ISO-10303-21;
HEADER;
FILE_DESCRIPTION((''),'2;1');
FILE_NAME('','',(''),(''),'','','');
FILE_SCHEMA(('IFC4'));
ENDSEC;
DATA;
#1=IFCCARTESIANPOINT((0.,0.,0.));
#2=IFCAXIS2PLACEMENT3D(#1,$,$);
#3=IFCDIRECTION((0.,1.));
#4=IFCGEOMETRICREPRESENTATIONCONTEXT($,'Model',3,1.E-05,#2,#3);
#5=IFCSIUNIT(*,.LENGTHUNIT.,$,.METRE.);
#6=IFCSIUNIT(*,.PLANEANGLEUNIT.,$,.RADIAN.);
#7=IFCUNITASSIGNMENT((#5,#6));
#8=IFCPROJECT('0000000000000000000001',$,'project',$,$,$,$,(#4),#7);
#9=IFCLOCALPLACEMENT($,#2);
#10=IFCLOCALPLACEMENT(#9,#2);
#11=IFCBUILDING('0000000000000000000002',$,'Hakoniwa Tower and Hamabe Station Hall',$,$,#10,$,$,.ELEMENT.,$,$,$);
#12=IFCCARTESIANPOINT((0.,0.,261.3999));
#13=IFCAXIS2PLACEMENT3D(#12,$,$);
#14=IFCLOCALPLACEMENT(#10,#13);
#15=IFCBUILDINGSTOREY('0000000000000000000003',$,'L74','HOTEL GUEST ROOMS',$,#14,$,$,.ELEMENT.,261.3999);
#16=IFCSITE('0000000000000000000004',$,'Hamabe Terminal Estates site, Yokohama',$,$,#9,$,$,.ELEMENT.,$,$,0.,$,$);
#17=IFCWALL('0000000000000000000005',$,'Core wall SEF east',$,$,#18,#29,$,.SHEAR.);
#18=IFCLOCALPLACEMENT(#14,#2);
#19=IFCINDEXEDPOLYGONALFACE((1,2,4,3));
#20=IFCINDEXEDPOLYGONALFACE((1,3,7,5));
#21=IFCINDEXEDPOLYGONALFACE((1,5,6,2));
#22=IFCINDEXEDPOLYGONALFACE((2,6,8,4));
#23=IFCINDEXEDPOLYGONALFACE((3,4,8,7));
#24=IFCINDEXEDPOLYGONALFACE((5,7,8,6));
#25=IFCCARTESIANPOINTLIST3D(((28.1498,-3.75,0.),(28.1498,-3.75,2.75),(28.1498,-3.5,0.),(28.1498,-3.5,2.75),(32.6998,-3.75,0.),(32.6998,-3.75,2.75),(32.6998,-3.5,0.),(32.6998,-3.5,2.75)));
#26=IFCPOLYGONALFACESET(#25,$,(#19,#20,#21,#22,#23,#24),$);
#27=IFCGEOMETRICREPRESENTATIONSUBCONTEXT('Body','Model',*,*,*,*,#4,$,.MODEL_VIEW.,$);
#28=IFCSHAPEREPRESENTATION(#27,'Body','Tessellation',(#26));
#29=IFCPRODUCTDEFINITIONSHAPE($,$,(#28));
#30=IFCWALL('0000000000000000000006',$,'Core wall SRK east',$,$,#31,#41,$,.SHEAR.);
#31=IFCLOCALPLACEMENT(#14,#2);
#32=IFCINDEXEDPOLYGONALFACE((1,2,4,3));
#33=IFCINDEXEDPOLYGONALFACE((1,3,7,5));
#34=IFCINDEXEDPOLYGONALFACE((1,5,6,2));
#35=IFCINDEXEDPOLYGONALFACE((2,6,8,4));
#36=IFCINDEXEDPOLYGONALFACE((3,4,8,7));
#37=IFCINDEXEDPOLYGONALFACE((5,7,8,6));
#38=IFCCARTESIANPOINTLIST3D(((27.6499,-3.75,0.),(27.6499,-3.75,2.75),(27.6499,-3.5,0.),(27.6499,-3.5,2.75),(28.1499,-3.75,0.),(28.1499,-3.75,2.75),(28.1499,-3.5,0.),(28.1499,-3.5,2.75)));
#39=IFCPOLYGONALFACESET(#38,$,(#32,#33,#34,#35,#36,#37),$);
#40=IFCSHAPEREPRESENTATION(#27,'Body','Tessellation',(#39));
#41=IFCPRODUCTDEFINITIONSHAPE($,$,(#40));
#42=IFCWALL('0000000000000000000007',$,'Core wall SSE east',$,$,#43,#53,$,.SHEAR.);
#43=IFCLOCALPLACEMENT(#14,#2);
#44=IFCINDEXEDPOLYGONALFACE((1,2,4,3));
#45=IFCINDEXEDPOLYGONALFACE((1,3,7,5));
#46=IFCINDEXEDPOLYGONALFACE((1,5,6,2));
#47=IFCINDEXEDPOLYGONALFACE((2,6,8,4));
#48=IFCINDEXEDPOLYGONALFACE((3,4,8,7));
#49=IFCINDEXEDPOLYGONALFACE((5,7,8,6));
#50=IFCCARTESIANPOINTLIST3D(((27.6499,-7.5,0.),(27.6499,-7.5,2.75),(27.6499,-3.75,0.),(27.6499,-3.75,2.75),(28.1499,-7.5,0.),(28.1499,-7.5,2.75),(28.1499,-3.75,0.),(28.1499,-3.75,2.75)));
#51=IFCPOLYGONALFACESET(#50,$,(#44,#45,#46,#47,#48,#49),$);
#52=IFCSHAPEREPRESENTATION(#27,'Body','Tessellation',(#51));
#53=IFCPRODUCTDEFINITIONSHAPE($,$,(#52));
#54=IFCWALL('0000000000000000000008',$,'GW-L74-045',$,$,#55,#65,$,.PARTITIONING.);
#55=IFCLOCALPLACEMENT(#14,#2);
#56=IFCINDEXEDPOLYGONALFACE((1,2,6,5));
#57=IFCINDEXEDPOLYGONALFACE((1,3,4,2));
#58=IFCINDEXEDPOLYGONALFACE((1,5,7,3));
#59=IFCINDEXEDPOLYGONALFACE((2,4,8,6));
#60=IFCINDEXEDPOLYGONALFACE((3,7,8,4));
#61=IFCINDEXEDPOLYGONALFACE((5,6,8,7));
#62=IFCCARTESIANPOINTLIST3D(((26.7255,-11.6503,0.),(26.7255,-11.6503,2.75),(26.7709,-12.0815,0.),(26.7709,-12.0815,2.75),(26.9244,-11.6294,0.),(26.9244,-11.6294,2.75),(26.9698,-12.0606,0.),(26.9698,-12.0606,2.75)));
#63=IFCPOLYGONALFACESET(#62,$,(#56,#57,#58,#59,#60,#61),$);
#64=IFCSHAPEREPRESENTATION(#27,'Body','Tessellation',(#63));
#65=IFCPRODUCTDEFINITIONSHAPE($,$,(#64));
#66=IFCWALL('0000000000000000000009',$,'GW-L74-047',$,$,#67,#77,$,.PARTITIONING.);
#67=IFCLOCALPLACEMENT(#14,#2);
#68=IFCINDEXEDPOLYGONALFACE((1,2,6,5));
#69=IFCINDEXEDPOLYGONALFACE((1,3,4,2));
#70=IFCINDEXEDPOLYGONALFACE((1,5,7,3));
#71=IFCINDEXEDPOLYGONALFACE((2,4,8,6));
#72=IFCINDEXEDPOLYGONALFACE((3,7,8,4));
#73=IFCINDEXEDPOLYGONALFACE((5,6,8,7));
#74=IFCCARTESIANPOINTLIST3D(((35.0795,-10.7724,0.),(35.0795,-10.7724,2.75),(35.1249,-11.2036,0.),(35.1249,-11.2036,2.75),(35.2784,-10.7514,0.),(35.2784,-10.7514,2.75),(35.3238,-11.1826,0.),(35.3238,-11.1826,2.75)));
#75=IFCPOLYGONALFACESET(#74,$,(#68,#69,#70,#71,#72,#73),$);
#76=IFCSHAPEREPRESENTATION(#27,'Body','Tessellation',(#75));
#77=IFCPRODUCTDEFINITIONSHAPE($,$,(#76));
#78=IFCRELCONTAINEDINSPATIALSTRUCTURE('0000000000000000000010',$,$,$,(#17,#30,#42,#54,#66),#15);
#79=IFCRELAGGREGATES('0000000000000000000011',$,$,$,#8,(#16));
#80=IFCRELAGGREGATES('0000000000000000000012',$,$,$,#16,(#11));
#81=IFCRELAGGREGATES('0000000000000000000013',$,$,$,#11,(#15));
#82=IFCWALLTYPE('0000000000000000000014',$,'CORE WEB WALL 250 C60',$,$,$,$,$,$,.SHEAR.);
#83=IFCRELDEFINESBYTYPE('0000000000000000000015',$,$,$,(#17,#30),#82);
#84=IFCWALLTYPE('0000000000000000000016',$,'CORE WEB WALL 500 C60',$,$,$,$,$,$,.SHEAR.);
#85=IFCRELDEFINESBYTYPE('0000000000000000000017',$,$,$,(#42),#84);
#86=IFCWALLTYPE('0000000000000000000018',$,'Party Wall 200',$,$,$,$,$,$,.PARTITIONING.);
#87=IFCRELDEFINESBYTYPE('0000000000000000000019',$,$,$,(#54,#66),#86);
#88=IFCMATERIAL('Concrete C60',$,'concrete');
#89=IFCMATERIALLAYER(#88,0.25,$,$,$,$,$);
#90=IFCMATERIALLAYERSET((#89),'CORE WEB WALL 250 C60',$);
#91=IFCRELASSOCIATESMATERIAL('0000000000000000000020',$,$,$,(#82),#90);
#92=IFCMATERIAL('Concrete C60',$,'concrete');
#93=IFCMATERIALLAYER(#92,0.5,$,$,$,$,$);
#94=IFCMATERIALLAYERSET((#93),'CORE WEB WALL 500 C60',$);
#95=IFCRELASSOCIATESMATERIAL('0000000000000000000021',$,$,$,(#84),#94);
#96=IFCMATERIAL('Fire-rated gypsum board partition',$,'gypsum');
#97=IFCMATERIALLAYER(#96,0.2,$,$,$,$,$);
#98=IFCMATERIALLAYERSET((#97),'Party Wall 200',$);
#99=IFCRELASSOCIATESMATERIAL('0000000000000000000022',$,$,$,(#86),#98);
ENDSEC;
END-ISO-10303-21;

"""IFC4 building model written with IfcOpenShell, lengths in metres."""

from ifc_helpers import new_model, si_unit, direction, frame, frame_2d, origin, place, context, subcontext, project, spatial, rectangle, extrude, material, layer, layer_set, type_object, element, save


model = new_model("IFC4")

# Units and contexts
model_context = context("Model", 3, precision=1e-05, world=origin(), true_north=direction((0.0, 1.0)))
body_context = subcontext(model_context, "Body", "Model", "MODEL_VIEW")
ifc_project = project(units=[si_unit("LENGTHUNIT", "METRE"), si_unit("PLANEANGLEUNIT", "RADIAN")], contexts=[model_context])

# Site, building, storey
site_placement = place(None, origin())
site = spatial("IfcSite", under=ifc_project, at=site_placement, Name="Hamabe Terminal Estates site, Yokohama", CompositionType="ELEMENT", RefElevation=0.0)
building_placement = place(site_placement, origin())
building = spatial("IfcBuilding", under=site, at=building_placement, Name="Hakoniwa Tower and Hamabe Station Hall", CompositionType="ELEMENT")
storey_placement = place(building_placement, frame((0.0, 0.0, 261.3999)))
storey = spatial("IfcBuildingStorey", under=building, at=storey_placement, Name="L74", Description="HOTEL GUEST ROOMS", CompositionType="ELEMENT", Elevation=261.3999)

# Shared definitions
ifc_material_1 = material(Name="Concrete C60", Category="concrete")
ifc_layer_1 = layer(ifc_material_1, 0.25)
ifc_layer_set_1 = layer_set([ifc_layer_1], Name="CORE WEB WALL 250 C60")
wall_type_1 = type_object("IfcWallType", Name="CORE WEB WALL 250 C60", PredefinedType="SHEAR", material=ifc_layer_set_1)

# Walls
wall_1_placement = place(storey_placement, frame((28.1499, -3.625, 0.0), z_axis=(0.0, 0.0, 1.0), x_axis=(1.0, 0.0, 0.0)))
element("IfcWall", 1, at=wall_1_placement, inside=storey, type_object=wall_type_1, Name="Core wall SEF east", PredefinedType="SHEAR", context=body_context, shape_type="SweptSolid", body=[
    extrude(rectangle(XDim=4.55, YDim=0.25, at=frame_2d((2.2749, 0.0))), origin(), (0.0, 0.0, 1.0), 2.75),
])
wall_2_placement = place(storey_placement, frame((27.6499, -3.625, 0.0), z_axis=(0.0, 0.0, 1.0), x_axis=(1.0, 0.0, 0.0)))
element("IfcWall", 2, at=wall_2_placement, inside=storey, type_object=wall_type_1, Name="Core wall SRK east", PredefinedType="SHEAR", context=body_context, shape_type="SweptSolid", body=[
    extrude(rectangle(XDim=0.5, YDim=0.25, at=frame_2d((0.25, 0.0))), origin(), (0.0, 0.0, 1.0), 2.75),
])
ifc_material_2 = material(Name="Concrete C60", Category="concrete")
ifc_layer_2 = layer(ifc_material_2, 0.5)
ifc_layer_set_2 = layer_set([ifc_layer_2], Name="CORE WEB WALL 500 C60")
wall_type_2 = type_object("IfcWallType", Name="CORE WEB WALL 500 C60", PredefinedType="SHEAR", material=ifc_layer_set_2)
wall_3_placement = place(storey_placement, frame((27.8999, -7.5, 0.0), z_axis=(0.0, 0.0, 1.0), x_axis=(0.0, 1.0, 0.0)))
element("IfcWall", 3, at=wall_3_placement, inside=storey, type_object=wall_type_2, Name="Core wall SSE east", PredefinedType="SHEAR", context=body_context, shape_type="SweptSolid", body=[
    extrude(rectangle(XDim=3.75, YDim=0.5, at=frame_2d((1.875, 0.0))), origin(), (0.0, 0.0, 1.0), 2.75),
])
ifc_material_3 = material(Name="Fire-rated gypsum board partition", Category="gypsum")
ifc_layer_3 = layer(ifc_material_3, 0.2)
ifc_layer_set_3 = layer_set([ifc_layer_3], Name="Party Wall 200")
wall_type_3 = type_object("IfcWallType", Name="Party Wall 200", PredefinedType="PARTITIONING", material=ifc_layer_set_3)
for number, where, z_axis, x_axis, name in (
    (4, (26.8704, -12.071, 0.0), (0.0, 0.0, 1.0), (-0.104743, 0.994499, 0.0), "GW-L74-045"),
    (5, (35.2244, -11.1931, 0.0), (0.0, 0.0, 1.0), (-0.104743, 0.994499, 0.0), "GW-L74-047"),
):
    element("IfcWall", number, at=place(storey_placement, frame(where, z_axis=z_axis, x_axis=x_axis)), inside=storey, type_object=wall_type_3, Name=name, PredefinedType="PARTITIONING", context=body_context, shape_type="SweptSolid", body=[
        extrude(rectangle(XDim=0.4336, YDim=0.2, at=frame_2d((0.2168, 0.0))), origin(), (0.0, 0.0, 1.0), 2.75),
    ])

save(model, "model.ifc")
